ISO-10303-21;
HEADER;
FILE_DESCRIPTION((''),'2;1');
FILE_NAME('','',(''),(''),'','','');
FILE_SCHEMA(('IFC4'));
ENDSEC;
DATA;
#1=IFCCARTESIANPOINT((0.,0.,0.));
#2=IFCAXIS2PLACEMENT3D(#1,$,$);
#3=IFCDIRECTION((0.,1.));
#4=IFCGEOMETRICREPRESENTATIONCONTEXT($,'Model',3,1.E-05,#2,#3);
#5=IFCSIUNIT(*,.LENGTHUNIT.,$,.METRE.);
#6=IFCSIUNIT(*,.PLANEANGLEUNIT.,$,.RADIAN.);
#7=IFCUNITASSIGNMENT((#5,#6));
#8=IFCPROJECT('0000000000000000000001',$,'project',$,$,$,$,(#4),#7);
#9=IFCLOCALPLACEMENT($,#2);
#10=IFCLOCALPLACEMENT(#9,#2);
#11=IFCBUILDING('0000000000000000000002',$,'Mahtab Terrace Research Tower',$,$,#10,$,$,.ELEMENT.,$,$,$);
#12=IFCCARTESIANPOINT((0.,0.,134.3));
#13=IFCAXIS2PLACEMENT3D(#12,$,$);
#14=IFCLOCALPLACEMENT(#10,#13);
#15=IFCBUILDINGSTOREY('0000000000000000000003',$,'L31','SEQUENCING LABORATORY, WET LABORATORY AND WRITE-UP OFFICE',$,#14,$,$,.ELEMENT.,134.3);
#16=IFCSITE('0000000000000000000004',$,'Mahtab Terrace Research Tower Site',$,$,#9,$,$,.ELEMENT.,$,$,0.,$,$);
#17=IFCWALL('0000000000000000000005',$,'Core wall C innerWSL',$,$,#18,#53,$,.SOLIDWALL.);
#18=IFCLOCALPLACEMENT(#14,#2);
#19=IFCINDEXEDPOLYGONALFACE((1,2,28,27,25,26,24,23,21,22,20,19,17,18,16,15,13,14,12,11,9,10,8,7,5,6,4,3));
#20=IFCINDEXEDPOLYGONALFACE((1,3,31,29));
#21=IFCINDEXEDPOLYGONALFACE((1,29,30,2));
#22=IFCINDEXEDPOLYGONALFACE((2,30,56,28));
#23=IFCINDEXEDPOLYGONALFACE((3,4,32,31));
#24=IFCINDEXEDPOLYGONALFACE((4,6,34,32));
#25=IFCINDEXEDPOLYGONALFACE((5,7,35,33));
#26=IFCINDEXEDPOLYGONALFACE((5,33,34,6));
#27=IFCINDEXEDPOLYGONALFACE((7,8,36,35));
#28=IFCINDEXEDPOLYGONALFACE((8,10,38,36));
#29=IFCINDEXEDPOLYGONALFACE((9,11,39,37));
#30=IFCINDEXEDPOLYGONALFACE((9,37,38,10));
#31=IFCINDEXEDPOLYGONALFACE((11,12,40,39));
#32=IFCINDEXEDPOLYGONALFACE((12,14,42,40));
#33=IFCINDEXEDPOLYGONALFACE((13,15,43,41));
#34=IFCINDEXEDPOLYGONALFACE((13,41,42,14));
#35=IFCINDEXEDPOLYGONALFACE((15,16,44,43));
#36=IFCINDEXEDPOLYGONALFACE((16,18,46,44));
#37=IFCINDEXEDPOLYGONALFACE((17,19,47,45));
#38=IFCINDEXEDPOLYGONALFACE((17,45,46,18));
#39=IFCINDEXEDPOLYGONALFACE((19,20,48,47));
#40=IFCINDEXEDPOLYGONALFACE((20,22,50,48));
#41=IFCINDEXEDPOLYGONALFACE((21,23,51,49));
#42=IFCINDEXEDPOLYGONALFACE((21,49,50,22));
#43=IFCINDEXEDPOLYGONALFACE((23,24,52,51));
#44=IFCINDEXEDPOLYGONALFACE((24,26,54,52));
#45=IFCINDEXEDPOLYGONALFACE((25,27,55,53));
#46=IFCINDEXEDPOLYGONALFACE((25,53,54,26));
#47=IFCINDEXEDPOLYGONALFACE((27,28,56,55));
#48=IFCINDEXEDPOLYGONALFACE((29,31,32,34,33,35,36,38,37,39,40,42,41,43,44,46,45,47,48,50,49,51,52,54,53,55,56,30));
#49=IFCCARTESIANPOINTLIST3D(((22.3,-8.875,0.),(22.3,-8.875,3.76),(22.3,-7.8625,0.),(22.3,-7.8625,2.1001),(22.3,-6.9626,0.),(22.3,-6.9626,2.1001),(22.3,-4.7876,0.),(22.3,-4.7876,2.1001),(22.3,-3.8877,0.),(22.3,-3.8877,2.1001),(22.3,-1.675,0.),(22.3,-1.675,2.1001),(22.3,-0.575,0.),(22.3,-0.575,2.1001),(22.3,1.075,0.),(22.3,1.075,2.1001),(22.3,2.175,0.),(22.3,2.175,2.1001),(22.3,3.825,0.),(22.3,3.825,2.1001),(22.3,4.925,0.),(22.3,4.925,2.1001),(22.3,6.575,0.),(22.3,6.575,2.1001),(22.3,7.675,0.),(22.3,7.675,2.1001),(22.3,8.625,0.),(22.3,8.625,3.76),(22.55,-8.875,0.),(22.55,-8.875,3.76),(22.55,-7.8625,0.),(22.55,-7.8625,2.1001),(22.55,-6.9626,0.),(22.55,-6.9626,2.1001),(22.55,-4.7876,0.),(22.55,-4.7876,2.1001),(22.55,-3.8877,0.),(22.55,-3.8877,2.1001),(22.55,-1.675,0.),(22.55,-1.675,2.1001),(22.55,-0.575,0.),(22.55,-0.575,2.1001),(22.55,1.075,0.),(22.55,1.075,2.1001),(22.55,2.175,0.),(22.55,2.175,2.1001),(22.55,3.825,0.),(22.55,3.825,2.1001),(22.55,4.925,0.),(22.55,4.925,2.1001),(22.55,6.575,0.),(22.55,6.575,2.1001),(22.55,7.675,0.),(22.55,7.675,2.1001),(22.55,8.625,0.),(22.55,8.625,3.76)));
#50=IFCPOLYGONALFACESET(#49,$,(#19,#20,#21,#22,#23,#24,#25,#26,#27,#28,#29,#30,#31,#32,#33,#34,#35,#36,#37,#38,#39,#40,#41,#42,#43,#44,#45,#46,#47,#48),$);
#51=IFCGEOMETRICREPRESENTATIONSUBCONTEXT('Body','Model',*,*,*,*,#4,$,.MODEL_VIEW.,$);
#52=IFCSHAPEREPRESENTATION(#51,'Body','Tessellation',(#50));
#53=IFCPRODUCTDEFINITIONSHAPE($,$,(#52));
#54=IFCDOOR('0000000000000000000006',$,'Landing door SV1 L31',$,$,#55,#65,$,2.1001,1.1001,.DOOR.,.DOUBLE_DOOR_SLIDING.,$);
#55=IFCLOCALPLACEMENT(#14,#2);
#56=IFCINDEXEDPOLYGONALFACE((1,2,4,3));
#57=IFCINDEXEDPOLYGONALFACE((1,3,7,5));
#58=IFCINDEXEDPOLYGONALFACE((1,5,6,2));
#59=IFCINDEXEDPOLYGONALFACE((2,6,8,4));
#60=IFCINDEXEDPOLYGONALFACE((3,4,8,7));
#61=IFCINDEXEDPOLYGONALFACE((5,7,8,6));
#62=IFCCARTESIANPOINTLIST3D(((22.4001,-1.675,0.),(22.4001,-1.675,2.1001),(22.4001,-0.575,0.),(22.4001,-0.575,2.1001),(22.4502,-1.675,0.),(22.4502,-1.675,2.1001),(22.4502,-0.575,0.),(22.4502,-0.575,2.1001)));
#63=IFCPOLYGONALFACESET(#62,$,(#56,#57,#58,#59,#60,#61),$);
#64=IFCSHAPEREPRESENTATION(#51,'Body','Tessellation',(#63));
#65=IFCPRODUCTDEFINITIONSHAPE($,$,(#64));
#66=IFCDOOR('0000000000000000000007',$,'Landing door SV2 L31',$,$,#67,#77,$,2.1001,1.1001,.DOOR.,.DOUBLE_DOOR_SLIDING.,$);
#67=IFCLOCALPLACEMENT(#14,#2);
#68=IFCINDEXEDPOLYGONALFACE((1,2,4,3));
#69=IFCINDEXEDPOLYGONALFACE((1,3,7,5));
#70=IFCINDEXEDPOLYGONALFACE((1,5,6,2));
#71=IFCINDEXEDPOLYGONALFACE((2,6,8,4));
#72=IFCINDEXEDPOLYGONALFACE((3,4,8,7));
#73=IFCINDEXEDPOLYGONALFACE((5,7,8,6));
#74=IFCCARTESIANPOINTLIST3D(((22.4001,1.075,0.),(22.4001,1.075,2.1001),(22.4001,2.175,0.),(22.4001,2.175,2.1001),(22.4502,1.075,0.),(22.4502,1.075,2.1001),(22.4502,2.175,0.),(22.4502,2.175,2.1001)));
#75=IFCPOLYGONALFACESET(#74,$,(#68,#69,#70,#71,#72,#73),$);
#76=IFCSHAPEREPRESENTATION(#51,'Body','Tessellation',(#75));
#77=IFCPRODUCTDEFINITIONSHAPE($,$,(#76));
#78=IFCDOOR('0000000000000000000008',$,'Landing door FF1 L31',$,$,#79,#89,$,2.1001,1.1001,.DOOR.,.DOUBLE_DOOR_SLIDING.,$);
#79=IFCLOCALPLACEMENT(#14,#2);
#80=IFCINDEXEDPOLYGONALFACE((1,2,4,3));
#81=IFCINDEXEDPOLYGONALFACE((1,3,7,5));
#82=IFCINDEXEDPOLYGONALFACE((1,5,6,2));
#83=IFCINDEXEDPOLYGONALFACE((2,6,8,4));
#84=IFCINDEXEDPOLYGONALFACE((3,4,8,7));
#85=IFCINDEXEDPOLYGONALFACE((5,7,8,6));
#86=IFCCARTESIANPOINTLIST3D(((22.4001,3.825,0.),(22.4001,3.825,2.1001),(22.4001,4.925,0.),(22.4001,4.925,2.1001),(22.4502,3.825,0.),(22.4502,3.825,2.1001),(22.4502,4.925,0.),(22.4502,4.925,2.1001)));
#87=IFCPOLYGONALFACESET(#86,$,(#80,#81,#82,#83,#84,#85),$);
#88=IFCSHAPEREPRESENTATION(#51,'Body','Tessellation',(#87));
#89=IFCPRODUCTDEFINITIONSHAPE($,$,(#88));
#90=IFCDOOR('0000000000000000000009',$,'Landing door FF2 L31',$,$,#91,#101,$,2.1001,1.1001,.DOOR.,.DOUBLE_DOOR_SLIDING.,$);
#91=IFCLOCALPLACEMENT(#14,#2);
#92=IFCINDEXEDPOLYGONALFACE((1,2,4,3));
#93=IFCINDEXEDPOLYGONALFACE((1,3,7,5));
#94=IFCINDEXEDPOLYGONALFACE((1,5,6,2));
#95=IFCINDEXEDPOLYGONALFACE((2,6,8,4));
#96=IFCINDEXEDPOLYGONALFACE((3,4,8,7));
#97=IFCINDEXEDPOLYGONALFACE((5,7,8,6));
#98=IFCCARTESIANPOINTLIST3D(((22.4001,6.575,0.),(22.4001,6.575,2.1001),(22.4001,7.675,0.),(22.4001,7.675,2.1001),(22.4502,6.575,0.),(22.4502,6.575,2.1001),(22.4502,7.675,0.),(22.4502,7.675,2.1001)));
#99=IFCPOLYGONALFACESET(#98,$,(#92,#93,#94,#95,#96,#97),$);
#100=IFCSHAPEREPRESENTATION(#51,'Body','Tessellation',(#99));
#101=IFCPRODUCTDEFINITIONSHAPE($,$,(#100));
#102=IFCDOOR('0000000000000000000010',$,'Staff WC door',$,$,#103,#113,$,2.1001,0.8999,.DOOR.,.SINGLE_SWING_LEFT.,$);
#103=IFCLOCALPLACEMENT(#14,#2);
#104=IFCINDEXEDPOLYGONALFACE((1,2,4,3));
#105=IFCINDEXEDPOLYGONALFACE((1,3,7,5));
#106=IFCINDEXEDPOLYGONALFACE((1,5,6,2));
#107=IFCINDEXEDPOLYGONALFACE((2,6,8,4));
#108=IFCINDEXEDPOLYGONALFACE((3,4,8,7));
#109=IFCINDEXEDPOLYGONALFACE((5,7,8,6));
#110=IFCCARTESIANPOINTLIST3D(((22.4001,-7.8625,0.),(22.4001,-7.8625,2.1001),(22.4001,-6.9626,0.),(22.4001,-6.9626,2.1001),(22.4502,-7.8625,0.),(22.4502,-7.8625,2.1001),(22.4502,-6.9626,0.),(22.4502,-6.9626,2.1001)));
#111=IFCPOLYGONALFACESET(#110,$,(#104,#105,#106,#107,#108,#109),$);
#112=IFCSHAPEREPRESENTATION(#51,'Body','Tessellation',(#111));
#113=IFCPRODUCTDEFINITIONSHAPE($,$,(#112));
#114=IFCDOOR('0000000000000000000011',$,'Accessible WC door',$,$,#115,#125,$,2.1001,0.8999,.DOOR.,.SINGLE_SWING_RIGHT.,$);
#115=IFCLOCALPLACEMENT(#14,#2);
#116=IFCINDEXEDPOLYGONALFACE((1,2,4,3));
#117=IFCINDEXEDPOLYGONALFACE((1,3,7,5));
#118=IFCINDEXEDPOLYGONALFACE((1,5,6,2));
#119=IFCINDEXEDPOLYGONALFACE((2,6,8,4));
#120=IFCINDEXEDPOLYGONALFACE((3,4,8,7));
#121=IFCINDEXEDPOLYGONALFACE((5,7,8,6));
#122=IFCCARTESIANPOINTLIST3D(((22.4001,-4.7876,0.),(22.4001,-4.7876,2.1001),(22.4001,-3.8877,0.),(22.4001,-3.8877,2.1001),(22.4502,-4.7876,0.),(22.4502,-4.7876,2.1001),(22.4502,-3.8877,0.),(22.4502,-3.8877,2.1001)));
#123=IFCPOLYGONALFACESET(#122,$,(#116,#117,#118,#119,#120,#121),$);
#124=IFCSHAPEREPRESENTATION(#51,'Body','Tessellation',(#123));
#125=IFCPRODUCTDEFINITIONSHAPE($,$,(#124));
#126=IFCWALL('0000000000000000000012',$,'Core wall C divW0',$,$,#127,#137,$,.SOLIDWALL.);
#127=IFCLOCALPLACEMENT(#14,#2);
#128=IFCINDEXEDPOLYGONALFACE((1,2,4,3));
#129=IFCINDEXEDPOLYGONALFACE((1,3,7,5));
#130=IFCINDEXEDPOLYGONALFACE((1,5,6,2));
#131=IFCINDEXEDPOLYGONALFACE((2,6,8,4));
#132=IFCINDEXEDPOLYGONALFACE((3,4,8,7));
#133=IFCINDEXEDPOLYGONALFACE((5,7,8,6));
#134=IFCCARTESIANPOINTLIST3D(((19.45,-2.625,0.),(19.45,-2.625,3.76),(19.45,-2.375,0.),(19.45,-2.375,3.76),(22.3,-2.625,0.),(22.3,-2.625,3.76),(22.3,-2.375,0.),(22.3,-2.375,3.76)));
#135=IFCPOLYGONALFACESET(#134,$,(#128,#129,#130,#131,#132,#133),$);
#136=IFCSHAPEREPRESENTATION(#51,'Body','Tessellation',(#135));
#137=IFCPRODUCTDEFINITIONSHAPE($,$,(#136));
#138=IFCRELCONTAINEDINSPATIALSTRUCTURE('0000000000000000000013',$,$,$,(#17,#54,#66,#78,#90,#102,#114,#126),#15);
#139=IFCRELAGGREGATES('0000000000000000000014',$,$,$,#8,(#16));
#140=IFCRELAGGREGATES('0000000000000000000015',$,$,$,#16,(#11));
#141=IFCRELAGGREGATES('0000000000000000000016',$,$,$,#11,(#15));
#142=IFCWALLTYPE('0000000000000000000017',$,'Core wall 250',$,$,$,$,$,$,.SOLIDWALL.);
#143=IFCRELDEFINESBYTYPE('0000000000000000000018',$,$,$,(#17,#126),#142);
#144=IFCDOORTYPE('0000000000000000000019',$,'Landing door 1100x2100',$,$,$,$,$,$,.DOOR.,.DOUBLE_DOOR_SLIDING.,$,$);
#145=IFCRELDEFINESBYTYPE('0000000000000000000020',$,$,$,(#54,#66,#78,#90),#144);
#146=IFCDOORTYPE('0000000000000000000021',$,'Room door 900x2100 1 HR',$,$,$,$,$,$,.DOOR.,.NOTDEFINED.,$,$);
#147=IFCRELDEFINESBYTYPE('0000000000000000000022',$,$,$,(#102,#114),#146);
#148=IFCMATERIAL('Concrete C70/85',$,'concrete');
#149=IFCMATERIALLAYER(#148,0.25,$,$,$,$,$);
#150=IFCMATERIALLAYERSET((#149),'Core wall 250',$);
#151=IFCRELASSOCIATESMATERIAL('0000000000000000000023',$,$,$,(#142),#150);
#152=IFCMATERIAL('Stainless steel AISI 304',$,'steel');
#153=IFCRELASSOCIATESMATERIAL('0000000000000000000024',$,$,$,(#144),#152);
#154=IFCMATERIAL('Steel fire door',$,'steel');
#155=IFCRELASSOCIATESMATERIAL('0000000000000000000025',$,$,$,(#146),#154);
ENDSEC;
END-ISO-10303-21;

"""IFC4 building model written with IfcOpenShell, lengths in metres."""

from ifc_helpers import new_model, si_unit, direction, frame, frame_2d, origin, place, context, subcontext, project, spatial, rectangle, extrude, material, layer, layer_set, type_object, element, fill, save


model = new_model("IFC4")

# Units and contexts
model_context = context("Model", 3, precision=1e-05, world=origin(), true_north=direction((0.0, 1.0)))
body_context = subcontext(model_context, "Body", "Model", "MODEL_VIEW")
ifc_project = project(units=[si_unit("LENGTHUNIT", "METRE"), si_unit("PLANEANGLEUNIT", "RADIAN")], contexts=[model_context])

# Site, building, storey
site_placement = place(None, origin())
site = spatial("IfcSite", under=ifc_project, at=site_placement, Name="Mahtab Terrace Research Tower Site", CompositionType="ELEMENT", RefElevation=0.0)
building_placement = place(site_placement, origin())
building = spatial("IfcBuilding", under=site, at=building_placement, Name="Mahtab Terrace Research Tower", CompositionType="ELEMENT")
storey_placement = place(building_placement, frame((0.0, 0.0, 134.3)))
storey = spatial("IfcBuildingStorey", under=building, at=storey_placement, Name="L31", Description="SEQUENCING LABORATORY, WET LABORATORY AND WRITE-UP OFFICE", CompositionType="ELEMENT", Elevation=134.3)

# Shared definitions
ifc_material_1 = material(Name="Concrete C70/85", Category="concrete")

# Wall, openings, doors
ifc_layer_1 = layer(ifc_material_1, 0.25)
ifc_layer_set_1 = layer_set([ifc_layer_1], Name="Core wall 250")
wall_type_1 = type_object("IfcWallType", Name="Core wall 250", PredefinedType="SOLIDWALL", material=ifc_layer_set_1)
wall_1_placement = place(storey_placement, frame((22.425, -8.875, 0.0), z_axis=(0.0, 0.0, 1.0), x_axis=(0.0, 1.0, 0.0)))
wall_1 = element("IfcWall", 1, at=wall_1_placement, inside=storey, type_object=wall_type_1, Name="Core wall C innerWSL", PredefinedType="SOLIDWALL", context=body_context, shape_type="SweptSolid", body=[
    extrude(rectangle(XDim=17.5, YDim=0.25, at=frame_2d((8.75, 0.0))), origin(), (0.0, 0.0, 1.0), 3.76),
])
opening_1_placement = place(wall_1_placement, frame((7.2, 0.0, 0.0)))
opening_1 = element("IfcOpeningElement", 2, at=opening_1_placement, cuts=wall_1, PredefinedType="OPENING", context=body_context, shape_type="SweptSolid", body=[
    extrude(rectangle(XDim=1.1001, YDim=2.1001, at=frame_2d((0.55, 1.05))), frame((0.0, 0.135, 0.0), z_axis=(0.0, -1.0, 0.0), x_axis=(1.0, 0.0, 0.0)), (0.0, 0.0, 1.0), 0.27),
])
opening_2_placement = place(wall_1_placement, frame((9.95, 0.0, 0.0)))
opening_2 = element("IfcOpeningElement", 3, at=opening_2_placement, cuts=wall_1, PredefinedType="OPENING", context=body_context, shape_type="SweptSolid", body=[
    extrude(rectangle(XDim=1.1001, YDim=2.1001, at=frame_2d((0.55, 1.05))), frame((0.0, 0.135, 0.0), z_axis=(0.0, -1.0, 0.0), x_axis=(1.0, 0.0, 0.0)), (0.0, 0.0, 1.0), 0.27),
])
opening_3_placement = place(wall_1_placement, frame((12.7, 0.0, 0.0)))
opening_3 = element("IfcOpeningElement", 4, at=opening_3_placement, cuts=wall_1, PredefinedType="OPENING", context=body_context, shape_type="SweptSolid", body=[
    extrude(rectangle(XDim=1.1001, YDim=2.1001, at=frame_2d((0.55, 1.05))), frame((0.0, 0.135, 0.0), z_axis=(0.0, -1.0, 0.0), x_axis=(1.0, 0.0, 0.0)), (0.0, 0.0, 1.0), 0.27),
])
opening_4_placement = place(wall_1_placement, frame((15.45, 0.0, 0.0)))
opening_4 = element("IfcOpeningElement", 5, at=opening_4_placement, cuts=wall_1, PredefinedType="OPENING", context=body_context, shape_type="SweptSolid", body=[
    extrude(rectangle(XDim=1.1001, YDim=2.1001, at=frame_2d((0.55, 1.05))), frame((0.0, 0.135, 0.0), z_axis=(0.0, -1.0, 0.0), x_axis=(1.0, 0.0, 0.0)), (0.0, 0.0, 1.0), 0.27),
])
opening_5_placement = place(wall_1_placement, frame((1.0125, 0.0, 0.0)))
opening_5 = element("IfcOpeningElement", 6, at=opening_5_placement, cuts=wall_1, PredefinedType="OPENING", context=body_context, shape_type="SweptSolid", body=[
    extrude(rectangle(XDim=0.8999, YDim=2.1001, at=frame_2d((0.45, 1.05))), frame((0.0, 0.135, 0.0), z_axis=(0.0, -1.0, 0.0), x_axis=(1.0, 0.0, 0.0)), (0.0, 0.0, 1.0), 0.27),
])
opening_6_placement = place(wall_1_placement, frame((4.0874, 0.0, 0.0)))
opening_6 = element("IfcOpeningElement", 7, at=opening_6_placement, cuts=wall_1, PredefinedType="OPENING", context=body_context, shape_type="SweptSolid", body=[
    extrude(rectangle(XDim=0.8999, YDim=2.1001, at=frame_2d((0.45, 1.05))), frame((0.0, 0.135, 0.0), z_axis=(0.0, -1.0, 0.0), x_axis=(1.0, 0.0, 0.0)), (0.0, 0.0, 1.0), 0.27),
])
ifc_material_2 = material(Name="Stainless steel AISI 304", Category="steel")
door_type_1 = type_object("IfcDoorType", Name="Landing door 1100x2100", OperationType="DOUBLE_DOOR_SLIDING", PredefinedType="DOOR", material=ifc_material_2)
door_1_placement = place(opening_1_placement, origin())
door_1 = element("IfcDoor", 8, at=door_1_placement, inside=storey, type_object=door_type_1, Name="Landing door SV1 L31", OperationType="DOUBLE_DOOR_SLIDING", OverallHeight=2.1001, OverallWidth=1.1001, PredefinedType="DOOR", context=body_context, shape_type="SweptSolid", body=[
    extrude(rectangle(XDim=1.1001, YDim=2.1001, at=frame_2d((0.55, 1.05))), frame((0.0, 0.0249, 0.0), z_axis=(0.0, -1.0, 0.0), x_axis=(1.0, 0.0, 0.0)), (0.0, 0.0, 1.0), 0.05),
])
fill(opening_1, door_1)
door_2_placement = place(opening_2_placement, origin())
door_2 = element("IfcDoor", 9, at=door_2_placement, inside=storey, type_object=door_type_1, Name="Landing door SV2 L31", OperationType="DOUBLE_DOOR_SLIDING", OverallHeight=2.1001, OverallWidth=1.1001, PredefinedType="DOOR", context=body_context, shape_type="SweptSolid", body=[
    extrude(rectangle(XDim=1.1001, YDim=2.1001, at=frame_2d((0.55, 1.05))), frame((0.0, 0.0249, 0.0), z_axis=(0.0, -1.0, 0.0), x_axis=(1.0, 0.0, 0.0)), (0.0, 0.0, 1.0), 0.05),
])
fill(opening_2, door_2)
door_3_placement = place(opening_3_placement, origin())
door_3 = element("IfcDoor", 10, at=door_3_placement, inside=storey, type_object=door_type_1, Name="Landing door FF1 L31", OperationType="DOUBLE_DOOR_SLIDING", OverallHeight=2.1001, OverallWidth=1.1001, PredefinedType="DOOR", context=body_context, shape_type="SweptSolid", body=[
    extrude(rectangle(XDim=1.1001, YDim=2.1001, at=frame_2d((0.55, 1.05))), frame((0.0, 0.0249, 0.0), z_axis=(0.0, -1.0, 0.0), x_axis=(1.0, 0.0, 0.0)), (0.0, 0.0, 1.0), 0.05),
])
fill(opening_3, door_3)
door_4_placement = place(opening_4_placement, origin())
door_4 = element("IfcDoor", 11, at=door_4_placement, inside=storey, type_object=door_type_1, Name="Landing door FF2 L31", OperationType="DOUBLE_DOOR_SLIDING", OverallHeight=2.1001, OverallWidth=1.1001, PredefinedType="DOOR", context=body_context, shape_type="SweptSolid", body=[
    extrude(rectangle(XDim=1.1001, YDim=2.1001, at=frame_2d((0.55, 1.05))), frame((0.0, 0.0249, 0.0), z_axis=(0.0, -1.0, 0.0), x_axis=(1.0, 0.0, 0.0)), (0.0, 0.0, 1.0), 0.05),
])
fill(opening_4, door_4)
ifc_material_3 = material(Name="Steel fire door", Category="steel")
door_type_2 = type_object("IfcDoorType", Name="Room door 900x2100 1 HR", OperationType="NOTDEFINED", PredefinedType="DOOR", material=ifc_material_3)
door_5_placement = place(opening_5_placement, origin())
door_5 = element("IfcDoor", 12, at=door_5_placement, inside=storey, type_object=door_type_2, Name="Staff WC door", OperationType="SINGLE_SWING_LEFT", OverallHeight=2.1001, OverallWidth=0.8999, PredefinedType="DOOR", context=body_context, shape_type="SweptSolid", body=[
    extrude(rectangle(XDim=0.8999, YDim=2.1001, at=frame_2d((0.45, 1.05))), frame((0.0, 0.0249, 0.0), z_axis=(0.0, -1.0, 0.0), x_axis=(1.0, 0.0, 0.0)), (0.0, 0.0, 1.0), 0.05),
])
fill(opening_5, door_5)
door_6_placement = place(opening_6_placement, origin())
door_6 = element("IfcDoor", 13, at=door_6_placement, inside=storey, type_object=door_type_2, Name="Accessible WC door", OperationType="SINGLE_SWING_RIGHT", OverallHeight=2.1001, OverallWidth=0.8999, PredefinedType="DOOR", context=body_context, shape_type="SweptSolid", body=[
    extrude(rectangle(XDim=0.8999, YDim=2.1001, at=frame_2d((0.45, 1.05))), frame((0.0, 0.0249, 0.0), z_axis=(0.0, -1.0, 0.0), x_axis=(1.0, 0.0, 0.0)), (0.0, 0.0, 1.0), 0.05),
])
fill(opening_6, door_6)

# Wall
wall_2_placement = place(storey_placement, frame((19.45, -2.5, 0.0), z_axis=(0.0, 0.0, 1.0), x_axis=(1.0, 0.0, 0.0)))
element("IfcWall", 14, at=wall_2_placement, inside=storey, type_object=wall_type_1, Name="Core wall C divW0", PredefinedType="SOLIDWALL", context=body_context, shape_type="SweptSolid", body=[
    extrude(rectangle(XDim=2.8501, YDim=0.25, at=frame_2d((1.425, 0.0))), origin(), (0.0, 0.0, 1.0), 3.76),
])

save(model, "model.ifc")
